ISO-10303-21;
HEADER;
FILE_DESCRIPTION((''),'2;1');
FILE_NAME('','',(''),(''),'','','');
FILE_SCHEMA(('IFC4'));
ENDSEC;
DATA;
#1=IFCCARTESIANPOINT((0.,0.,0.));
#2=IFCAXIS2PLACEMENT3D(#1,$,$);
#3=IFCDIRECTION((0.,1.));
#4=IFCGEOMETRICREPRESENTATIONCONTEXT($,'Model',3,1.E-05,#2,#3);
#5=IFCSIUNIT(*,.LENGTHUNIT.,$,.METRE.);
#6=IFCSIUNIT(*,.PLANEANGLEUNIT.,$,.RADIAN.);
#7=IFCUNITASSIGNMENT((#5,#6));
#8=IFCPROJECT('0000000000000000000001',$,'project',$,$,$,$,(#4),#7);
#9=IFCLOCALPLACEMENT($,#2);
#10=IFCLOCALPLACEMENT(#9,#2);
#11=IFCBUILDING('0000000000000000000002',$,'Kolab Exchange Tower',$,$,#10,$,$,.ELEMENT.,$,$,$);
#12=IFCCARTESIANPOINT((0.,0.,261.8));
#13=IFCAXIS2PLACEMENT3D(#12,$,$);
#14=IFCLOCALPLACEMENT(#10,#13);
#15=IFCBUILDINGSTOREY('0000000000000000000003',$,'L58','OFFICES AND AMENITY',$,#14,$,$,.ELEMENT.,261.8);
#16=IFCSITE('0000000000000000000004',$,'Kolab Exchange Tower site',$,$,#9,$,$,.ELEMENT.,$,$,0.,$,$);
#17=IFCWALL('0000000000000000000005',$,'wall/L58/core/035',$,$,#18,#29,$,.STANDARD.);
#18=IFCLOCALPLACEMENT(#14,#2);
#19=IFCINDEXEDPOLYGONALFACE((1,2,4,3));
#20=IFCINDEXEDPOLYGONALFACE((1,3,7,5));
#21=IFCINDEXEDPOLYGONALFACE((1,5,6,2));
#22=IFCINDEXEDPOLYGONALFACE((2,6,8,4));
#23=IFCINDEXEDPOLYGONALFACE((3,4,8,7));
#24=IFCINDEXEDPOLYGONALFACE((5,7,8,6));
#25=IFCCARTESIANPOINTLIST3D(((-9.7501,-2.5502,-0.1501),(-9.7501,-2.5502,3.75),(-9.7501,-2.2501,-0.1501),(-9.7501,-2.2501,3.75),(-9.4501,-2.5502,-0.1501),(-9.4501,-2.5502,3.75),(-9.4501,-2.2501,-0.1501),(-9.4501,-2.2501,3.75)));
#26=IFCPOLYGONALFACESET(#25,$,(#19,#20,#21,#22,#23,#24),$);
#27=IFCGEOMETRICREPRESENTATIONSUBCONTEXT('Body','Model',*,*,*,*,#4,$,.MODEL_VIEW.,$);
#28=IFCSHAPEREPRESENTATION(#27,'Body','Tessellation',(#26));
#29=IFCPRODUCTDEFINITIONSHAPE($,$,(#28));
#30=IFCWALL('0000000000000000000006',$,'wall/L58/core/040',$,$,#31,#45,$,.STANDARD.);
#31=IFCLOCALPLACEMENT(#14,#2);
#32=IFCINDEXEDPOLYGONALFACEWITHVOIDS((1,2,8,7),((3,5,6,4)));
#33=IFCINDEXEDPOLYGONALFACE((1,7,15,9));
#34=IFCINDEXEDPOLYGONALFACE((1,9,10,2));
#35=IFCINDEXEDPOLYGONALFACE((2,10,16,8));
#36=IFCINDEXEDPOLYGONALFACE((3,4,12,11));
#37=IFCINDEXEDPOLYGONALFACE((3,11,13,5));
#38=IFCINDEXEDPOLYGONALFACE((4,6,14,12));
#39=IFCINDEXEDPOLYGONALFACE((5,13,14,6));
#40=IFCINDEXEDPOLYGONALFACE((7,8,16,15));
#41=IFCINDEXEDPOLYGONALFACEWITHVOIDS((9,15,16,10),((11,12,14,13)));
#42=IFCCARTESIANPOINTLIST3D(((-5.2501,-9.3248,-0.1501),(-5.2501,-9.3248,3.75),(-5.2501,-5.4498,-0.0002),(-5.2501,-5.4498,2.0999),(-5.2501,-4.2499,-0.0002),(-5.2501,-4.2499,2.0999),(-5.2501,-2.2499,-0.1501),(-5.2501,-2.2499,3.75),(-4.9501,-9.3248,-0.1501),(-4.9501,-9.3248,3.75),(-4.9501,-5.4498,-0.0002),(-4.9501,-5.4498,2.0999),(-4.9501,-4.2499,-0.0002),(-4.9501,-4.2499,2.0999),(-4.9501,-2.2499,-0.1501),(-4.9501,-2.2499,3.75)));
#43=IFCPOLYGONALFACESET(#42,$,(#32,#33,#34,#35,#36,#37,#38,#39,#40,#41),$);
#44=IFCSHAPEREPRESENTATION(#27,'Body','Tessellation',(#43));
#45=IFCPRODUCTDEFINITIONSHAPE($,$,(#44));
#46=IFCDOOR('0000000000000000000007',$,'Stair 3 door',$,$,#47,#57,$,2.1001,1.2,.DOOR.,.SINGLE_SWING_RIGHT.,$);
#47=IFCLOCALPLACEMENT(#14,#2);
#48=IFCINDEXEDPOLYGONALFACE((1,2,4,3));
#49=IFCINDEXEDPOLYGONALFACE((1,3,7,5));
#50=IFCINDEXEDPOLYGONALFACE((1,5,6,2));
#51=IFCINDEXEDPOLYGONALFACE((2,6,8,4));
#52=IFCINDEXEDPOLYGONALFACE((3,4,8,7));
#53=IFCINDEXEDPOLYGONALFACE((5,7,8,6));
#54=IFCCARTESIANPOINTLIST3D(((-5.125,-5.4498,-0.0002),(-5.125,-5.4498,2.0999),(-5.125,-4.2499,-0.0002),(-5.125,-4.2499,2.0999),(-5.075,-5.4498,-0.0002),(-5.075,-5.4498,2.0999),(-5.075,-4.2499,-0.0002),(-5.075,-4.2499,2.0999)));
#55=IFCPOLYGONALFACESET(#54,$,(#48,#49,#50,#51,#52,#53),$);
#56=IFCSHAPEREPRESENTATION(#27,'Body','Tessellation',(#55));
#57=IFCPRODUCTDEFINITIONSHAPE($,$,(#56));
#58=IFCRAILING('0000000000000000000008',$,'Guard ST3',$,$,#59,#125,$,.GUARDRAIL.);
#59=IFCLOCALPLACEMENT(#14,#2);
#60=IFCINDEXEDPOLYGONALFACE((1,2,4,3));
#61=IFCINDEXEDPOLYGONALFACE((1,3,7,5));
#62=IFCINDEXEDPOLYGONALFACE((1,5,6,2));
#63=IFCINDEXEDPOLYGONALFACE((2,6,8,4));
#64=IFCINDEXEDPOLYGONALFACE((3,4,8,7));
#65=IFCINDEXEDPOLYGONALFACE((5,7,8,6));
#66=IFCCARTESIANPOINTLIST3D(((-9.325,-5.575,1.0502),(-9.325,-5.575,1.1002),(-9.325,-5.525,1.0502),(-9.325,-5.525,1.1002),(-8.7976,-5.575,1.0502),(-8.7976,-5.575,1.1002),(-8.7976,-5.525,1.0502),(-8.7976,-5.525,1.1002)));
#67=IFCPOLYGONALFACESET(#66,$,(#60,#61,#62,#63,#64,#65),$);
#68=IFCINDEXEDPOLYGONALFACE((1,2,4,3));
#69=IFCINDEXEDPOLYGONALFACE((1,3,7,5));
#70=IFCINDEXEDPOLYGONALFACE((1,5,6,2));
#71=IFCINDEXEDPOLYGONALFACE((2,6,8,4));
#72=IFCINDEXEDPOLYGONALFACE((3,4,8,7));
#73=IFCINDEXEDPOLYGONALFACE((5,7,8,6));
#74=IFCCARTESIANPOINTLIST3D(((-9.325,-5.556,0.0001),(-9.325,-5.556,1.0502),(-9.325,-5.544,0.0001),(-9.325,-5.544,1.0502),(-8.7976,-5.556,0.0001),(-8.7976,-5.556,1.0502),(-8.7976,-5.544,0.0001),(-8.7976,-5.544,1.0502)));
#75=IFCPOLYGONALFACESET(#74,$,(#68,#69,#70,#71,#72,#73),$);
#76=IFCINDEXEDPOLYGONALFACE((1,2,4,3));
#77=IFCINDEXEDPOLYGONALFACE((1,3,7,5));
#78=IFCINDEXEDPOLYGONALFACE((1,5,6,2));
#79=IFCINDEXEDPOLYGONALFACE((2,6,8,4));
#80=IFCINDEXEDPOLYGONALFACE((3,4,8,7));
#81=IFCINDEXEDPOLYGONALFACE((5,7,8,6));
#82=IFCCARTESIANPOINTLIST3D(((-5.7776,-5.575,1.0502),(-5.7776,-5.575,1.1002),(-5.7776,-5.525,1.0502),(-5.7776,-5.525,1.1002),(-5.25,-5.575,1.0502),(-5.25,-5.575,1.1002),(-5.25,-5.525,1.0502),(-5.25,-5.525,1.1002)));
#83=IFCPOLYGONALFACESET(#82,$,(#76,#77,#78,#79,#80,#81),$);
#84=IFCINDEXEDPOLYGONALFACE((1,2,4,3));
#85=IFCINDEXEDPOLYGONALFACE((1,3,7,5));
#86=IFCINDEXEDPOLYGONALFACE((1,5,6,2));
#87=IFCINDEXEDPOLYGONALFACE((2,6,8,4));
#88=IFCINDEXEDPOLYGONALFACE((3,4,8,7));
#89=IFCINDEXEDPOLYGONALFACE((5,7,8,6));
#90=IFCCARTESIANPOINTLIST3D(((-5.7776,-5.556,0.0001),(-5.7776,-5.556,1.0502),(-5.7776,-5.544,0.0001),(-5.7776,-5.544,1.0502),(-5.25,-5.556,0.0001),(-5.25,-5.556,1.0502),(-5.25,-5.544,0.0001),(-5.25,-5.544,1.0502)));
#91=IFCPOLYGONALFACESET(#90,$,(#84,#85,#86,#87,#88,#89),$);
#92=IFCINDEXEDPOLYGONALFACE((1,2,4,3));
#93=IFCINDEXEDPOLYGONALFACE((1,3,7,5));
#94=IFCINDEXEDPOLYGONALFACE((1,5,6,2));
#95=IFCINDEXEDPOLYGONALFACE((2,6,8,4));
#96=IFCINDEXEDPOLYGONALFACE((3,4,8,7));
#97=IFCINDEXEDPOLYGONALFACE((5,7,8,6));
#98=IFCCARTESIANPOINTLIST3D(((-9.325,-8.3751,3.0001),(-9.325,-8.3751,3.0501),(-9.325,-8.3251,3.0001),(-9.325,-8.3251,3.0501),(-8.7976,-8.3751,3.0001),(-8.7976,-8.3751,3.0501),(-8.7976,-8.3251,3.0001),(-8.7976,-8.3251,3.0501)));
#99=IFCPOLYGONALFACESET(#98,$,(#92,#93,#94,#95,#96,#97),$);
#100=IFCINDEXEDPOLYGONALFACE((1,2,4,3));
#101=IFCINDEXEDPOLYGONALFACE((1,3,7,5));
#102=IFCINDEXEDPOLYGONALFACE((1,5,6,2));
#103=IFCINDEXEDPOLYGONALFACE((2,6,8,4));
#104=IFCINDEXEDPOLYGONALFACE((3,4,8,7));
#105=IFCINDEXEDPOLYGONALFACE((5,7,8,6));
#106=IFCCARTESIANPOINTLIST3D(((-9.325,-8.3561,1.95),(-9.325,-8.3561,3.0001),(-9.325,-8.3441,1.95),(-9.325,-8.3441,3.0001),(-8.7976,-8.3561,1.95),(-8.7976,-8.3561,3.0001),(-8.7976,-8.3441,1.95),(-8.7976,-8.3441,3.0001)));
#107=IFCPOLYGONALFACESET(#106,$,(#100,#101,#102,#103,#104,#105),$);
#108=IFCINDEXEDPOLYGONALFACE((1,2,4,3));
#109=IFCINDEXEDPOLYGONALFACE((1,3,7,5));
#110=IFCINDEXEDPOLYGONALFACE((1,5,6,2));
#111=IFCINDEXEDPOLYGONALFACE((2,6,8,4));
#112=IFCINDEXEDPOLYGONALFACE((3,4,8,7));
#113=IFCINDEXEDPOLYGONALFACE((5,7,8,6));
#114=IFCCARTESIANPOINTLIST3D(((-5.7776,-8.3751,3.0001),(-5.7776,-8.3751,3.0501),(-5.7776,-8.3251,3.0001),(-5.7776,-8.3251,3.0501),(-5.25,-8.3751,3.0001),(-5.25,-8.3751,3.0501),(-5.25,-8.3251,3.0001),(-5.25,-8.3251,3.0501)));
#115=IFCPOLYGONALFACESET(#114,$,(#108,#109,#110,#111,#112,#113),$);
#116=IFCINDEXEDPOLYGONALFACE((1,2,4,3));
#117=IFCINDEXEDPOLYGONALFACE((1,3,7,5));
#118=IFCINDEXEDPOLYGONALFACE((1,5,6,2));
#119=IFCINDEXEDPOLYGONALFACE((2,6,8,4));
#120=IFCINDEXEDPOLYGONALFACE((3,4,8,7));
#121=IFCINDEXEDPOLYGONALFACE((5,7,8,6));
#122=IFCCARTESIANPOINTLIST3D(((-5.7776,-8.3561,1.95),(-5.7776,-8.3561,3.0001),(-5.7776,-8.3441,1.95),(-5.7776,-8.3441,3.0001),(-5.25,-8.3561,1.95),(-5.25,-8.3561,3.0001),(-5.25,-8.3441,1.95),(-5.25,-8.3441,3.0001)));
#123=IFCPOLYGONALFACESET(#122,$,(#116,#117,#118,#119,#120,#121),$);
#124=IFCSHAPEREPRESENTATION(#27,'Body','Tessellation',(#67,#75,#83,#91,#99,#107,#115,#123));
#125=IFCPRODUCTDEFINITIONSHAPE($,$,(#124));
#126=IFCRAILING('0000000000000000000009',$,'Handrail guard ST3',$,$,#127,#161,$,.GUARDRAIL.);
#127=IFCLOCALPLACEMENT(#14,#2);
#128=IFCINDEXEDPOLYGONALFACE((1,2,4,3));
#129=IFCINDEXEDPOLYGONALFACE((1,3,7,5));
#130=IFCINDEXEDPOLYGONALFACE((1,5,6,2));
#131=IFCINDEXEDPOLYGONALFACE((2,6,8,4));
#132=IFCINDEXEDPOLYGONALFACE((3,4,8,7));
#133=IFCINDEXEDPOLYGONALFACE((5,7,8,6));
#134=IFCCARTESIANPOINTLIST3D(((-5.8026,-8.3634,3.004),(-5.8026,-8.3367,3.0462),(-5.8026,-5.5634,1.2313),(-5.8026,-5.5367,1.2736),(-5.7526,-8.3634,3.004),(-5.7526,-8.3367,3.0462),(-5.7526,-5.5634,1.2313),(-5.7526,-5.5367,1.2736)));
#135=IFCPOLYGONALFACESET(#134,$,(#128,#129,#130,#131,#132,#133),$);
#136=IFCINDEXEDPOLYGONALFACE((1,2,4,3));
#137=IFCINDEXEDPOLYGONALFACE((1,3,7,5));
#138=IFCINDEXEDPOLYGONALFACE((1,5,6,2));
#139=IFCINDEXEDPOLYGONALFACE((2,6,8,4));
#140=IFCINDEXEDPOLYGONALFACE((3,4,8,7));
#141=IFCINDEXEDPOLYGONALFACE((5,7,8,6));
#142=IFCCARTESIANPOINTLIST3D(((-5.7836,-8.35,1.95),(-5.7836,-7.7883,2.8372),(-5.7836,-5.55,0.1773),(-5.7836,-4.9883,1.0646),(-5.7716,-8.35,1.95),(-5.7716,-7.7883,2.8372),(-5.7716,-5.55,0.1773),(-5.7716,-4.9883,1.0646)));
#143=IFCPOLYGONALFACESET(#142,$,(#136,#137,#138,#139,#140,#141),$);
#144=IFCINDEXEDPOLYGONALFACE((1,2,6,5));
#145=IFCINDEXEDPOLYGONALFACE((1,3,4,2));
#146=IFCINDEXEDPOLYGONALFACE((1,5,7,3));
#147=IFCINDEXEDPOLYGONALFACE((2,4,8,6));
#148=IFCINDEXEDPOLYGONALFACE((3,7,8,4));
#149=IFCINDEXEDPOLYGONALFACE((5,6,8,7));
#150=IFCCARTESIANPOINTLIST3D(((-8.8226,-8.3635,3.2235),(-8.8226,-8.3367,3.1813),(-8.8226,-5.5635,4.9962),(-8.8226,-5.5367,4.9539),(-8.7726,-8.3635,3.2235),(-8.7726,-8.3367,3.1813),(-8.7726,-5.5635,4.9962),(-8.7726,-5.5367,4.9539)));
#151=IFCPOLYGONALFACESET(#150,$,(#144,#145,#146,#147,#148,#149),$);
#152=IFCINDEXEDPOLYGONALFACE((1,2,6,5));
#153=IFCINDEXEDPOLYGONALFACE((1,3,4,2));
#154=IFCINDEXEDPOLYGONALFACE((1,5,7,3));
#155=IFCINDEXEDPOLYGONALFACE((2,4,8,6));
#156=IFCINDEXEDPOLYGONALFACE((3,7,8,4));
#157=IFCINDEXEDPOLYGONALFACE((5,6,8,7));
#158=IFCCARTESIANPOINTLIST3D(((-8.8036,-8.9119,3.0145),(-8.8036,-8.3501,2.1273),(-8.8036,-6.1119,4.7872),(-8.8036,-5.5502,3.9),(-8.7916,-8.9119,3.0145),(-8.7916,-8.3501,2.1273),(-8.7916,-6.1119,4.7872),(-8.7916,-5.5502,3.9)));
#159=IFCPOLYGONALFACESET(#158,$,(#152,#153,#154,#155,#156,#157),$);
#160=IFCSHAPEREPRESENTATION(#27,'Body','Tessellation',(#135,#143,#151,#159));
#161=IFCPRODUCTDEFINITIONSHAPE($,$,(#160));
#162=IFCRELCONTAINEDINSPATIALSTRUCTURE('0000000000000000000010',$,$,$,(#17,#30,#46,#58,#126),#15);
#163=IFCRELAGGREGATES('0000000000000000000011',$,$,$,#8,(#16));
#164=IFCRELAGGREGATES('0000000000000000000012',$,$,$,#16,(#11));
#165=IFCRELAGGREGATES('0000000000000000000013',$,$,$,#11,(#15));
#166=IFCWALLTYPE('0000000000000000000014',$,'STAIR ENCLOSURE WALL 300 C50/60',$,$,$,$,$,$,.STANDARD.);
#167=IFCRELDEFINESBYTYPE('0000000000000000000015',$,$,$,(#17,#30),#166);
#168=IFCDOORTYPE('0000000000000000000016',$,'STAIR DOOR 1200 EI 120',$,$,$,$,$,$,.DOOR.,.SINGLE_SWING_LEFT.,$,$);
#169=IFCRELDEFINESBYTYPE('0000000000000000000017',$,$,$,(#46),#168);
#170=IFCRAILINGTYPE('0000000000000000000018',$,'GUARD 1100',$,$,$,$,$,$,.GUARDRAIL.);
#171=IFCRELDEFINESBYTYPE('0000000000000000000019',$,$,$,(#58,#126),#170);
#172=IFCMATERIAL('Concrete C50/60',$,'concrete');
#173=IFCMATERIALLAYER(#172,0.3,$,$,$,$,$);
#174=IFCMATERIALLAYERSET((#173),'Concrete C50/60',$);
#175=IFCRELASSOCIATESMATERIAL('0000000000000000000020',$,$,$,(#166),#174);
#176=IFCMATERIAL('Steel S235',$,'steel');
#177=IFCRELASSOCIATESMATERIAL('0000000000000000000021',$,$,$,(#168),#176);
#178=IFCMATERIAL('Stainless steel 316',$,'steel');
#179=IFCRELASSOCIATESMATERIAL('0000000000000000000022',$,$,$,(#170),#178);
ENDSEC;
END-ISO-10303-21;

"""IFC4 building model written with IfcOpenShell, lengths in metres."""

from ifc_helpers import new_model, si_unit, direction, frame, frame_2d, origin, origin_2d, place, context, subcontext, project, spatial, rectangle, extrude, material, layer, layer_set, type_object, element, fill, save


model = new_model("IFC4")

# Units and contexts
model_context = context("Model", 3, precision=1e-05, world=origin(), true_north=direction((0.0, 1.0)))
body_context = subcontext(model_context, "Body", "Model", "MODEL_VIEW")
ifc_project = project(units=[si_unit("LENGTHUNIT", "METRE"), si_unit("PLANEANGLEUNIT", "RADIAN")], contexts=[model_context])

# Site, building, storey
site_placement = place(None, origin())
site = spatial("IfcSite", under=ifc_project, at=site_placement, Name="Kolab Exchange Tower site", CompositionType="ELEMENT", RefElevation=0.0)
building_placement = place(site_placement, origin())
building = spatial("IfcBuilding", under=site, at=building_placement, Name="Kolab Exchange Tower", CompositionType="ELEMENT")
storey_placement = place(building_placement, frame((0.0, 0.0, 261.8)))
storey = spatial("IfcBuildingStorey", under=building, at=storey_placement, Name="L58", Description="OFFICES AND AMENITY", CompositionType="ELEMENT", Elevation=261.8)

# Shared definitions
ifc_material_1 = material(Name="Concrete C50/60", Category="concrete")
ifc_material_2 = material(Name="Steel S235", Category="steel")
ifc_material_3 = material(Name="Stainless steel 316", Category="steel")

# Wall
ifc_layer_1 = layer(ifc_material_1, 0.3)
ifc_layer_set_1 = layer_set([ifc_layer_1], Name="Concrete C50/60")
wall_type_1 = type_object("IfcWallType", Name="STAIR ENCLOSURE WALL 300 C50/60", PredefinedType="STANDARD", material=ifc_layer_set_1)
wall_1_placement = place(storey_placement, frame((-9.6001, -2.55, -0.1501), z_axis=(0.0, 0.0, 1.0), x_axis=(0.0, 1.0, 0.0)))
element("IfcWall", 1, at=wall_1_placement, inside=storey, type_object=wall_type_1, Name="wall/L58/core/035", PredefinedType="STANDARD", context=body_context, shape_type="SweptSolid", body=[
    extrude(rectangle(XDim=0.3, YDim=0.3, at=frame_2d((0.1499, 0.0))), origin(), (0.0, 0.0, 1.0), 3.9001),
])

# Wall, opening, door
wall_2_placement = place(storey_placement, frame((-5.1001, -9.325, -0.1501), z_axis=(0.0, 0.0, 1.0), x_axis=(0.0, 1.0, 0.0)))
wall_2 = element("IfcWall", 2, at=wall_2_placement, inside=storey, type_object=wall_type_1, Name="wall/L58/core/040", PredefinedType="STANDARD", context=body_context, shape_type="SweptSolid", body=[
    extrude(rectangle(XDim=7.075, YDim=0.3, at=frame_2d((3.5376, 0.0))), origin(), (0.0, 0.0, 1.0), 3.9001),
])
opening_1_placement = place(wall_2_placement, frame((3.875, 0.0, 0.1499)))
opening_1 = element("IfcOpeningElement", 3, at=opening_1_placement, cuts=wall_2, PredefinedType="OPENING", context=body_context, shape_type="SweptSolid", body=[
    extrude(rectangle(XDim=1.2, YDim=2.1001, at=frame_2d((0.6001, 1.05))), frame((0.0, 0.1602, 0.0), z_axis=(0.0, -1.0, 0.0), x_axis=(1.0, 0.0, 0.0)), (0.0, 0.0, 1.0), 0.3201),
])
door_type_1 = type_object("IfcDoorType", Name="STAIR DOOR 1200 EI 120", OperationType="SINGLE_SWING_LEFT", PredefinedType="DOOR", material=ifc_material_2)
door_1_placement = place(opening_1_placement, origin())
door_1 = element("IfcDoor", 4, at=door_1_placement, inside=storey, type_object=door_type_1, Name="Stair 3 door", OperationType="SINGLE_SWING_RIGHT", OverallHeight=2.1001, OverallWidth=1.2, PredefinedType="DOOR", context=body_context, shape_type="SweptSolid", body=[
    extrude(rectangle(XDim=1.2, YDim=2.1001, at=frame_2d((0.6001, 1.05))), frame((0.0, 0.0249, 0.0), z_axis=(0.0, -1.0, 0.0), x_axis=(1.0, 0.0, 0.0)), (0.0, 0.0, 1.0), 0.05),
])
fill(opening_1, door_1)

# Railings
railing_type = type_object("IfcRailingType", Name="GUARD 1100", PredefinedType="GUARDRAIL", material=ifc_material_3)
railing_1_placement = place(storey_placement, frame((-9.325, -5.55, 0.0)))
element("IfcRailing", 5, at=railing_1_placement, inside=storey, type_object=railing_type, Name="Guard ST3", PredefinedType="GUARDRAIL", context=body_context, shape_type="SweptSolid", body=[
    extrude(rectangle(XDim=0.05, YDim=0.05, at=origin_2d()), frame((0.0, 0.0, 1.0752), z_axis=(1.0, 0.0, 0.0), x_axis=(0.0, 1.0, 0.0)), (0.0, 0.0, 1.0), 0.5273),
    extrude(rectangle(XDim=0.012, YDim=1.0501, at=frame_2d((0.0, 0.5251))), frame((0.0, 0.0, 0.0), z_axis=(1.0, 0.0, 0.0), x_axis=(0.0, 1.0, 0.0)), (0.0, 0.0, 1.0), 0.5273),
    extrude(rectangle(XDim=0.05, YDim=0.05, at=origin_2d()), frame((3.5474, 0.0, 1.0752), z_axis=(1.0, 0.0, 0.0), x_axis=(0.0, 1.0, 0.0)), (0.0, 0.0, 1.0), 0.5276),
    extrude(rectangle(XDim=0.012, YDim=1.0501, at=frame_2d((0.0, 0.5251))), frame((3.5474, 0.0, 0.0), z_axis=(1.0, 0.0, 0.0), x_axis=(0.0, 1.0, 0.0)), (0.0, 0.0, 1.0), 0.5276),
    extrude(rectangle(XDim=0.05, YDim=0.05, at=origin_2d()), frame((0.0, -2.8, 3.0251), z_axis=(1.0, 0.0, 0.0), x_axis=(0.0, 1.0, 0.0)), (0.0, 0.0, 1.0), 0.5273),
    extrude(rectangle(XDim=0.012, YDim=1.0501, at=frame_2d((0.0, 0.5251))), frame((0.0, -2.8, 1.95), z_axis=(1.0, 0.0, 0.0), x_axis=(0.0, 1.0, 0.0)), (0.0, 0.0, 1.0), 0.5273),
    extrude(rectangle(XDim=0.05, YDim=0.05, at=origin_2d()), frame((3.5474, -2.8, 3.0251), z_axis=(1.0, 0.0, 0.0), x_axis=(0.0, 1.0, 0.0)), (0.0, 0.0, 1.0), 0.5276),
    extrude(rectangle(XDim=0.012, YDim=1.0501, at=frame_2d((0.0, 0.5251))), frame((3.5474, -2.8, 1.95), z_axis=(1.0, 0.0, 0.0), x_axis=(0.0, 1.0, 0.0)), (0.0, 0.0, 1.0), 0.5276),
])
railing_2_placement = place(storey_placement, frame((-5.7776, -5.55, 0.1772)))
element("IfcRailing", 6, at=railing_2_placement, inside=storey, type_object=railing_type, Name="Handrail guard ST3", PredefinedType="GUARDRAIL", context=body_context, shape_type="SweptSolid", body=[
    extrude(rectangle(XDim=0.05, YDim=0.05, at=origin_2d()), frame((0.0, 0.0, 1.0752), z_axis=(0.0, -0.844909, 0.53491), x_axis=(1.0, 0.0, 0.0)), (0.0, 0.0, 1.0), 3.314),
    extrude(rectangle(XDim=0.012, YDim=1.0501, at=frame_2d((0.0, 0.5251))), frame((0.0, 0.0, 0.0), z_axis=(0.0, -0.844909, 0.53491), x_axis=(1.0, 0.0, 0.0)), (0.0, 0.0, 1.0), 3.314),
    extrude(rectangle(XDim=0.05, YDim=0.05, at=origin_2d()), frame((-3.02, -2.8, 3.0251), z_axis=(0.0, 0.844909, 0.53491), x_axis=(-1.0, 0.0, 0.0)), (0.0, 0.0, 1.0), 3.314),
    extrude(rectangle(XDim=0.012, YDim=1.0501, at=frame_2d((0.0, 0.5251))), frame((-3.02, -2.8, 1.95), z_axis=(0.0, 0.844909, 0.53491), x_axis=(-1.0, 0.0, 0.0)), (0.0, 0.0, 1.0), 3.314),
])

save(model, "model.ifc")
